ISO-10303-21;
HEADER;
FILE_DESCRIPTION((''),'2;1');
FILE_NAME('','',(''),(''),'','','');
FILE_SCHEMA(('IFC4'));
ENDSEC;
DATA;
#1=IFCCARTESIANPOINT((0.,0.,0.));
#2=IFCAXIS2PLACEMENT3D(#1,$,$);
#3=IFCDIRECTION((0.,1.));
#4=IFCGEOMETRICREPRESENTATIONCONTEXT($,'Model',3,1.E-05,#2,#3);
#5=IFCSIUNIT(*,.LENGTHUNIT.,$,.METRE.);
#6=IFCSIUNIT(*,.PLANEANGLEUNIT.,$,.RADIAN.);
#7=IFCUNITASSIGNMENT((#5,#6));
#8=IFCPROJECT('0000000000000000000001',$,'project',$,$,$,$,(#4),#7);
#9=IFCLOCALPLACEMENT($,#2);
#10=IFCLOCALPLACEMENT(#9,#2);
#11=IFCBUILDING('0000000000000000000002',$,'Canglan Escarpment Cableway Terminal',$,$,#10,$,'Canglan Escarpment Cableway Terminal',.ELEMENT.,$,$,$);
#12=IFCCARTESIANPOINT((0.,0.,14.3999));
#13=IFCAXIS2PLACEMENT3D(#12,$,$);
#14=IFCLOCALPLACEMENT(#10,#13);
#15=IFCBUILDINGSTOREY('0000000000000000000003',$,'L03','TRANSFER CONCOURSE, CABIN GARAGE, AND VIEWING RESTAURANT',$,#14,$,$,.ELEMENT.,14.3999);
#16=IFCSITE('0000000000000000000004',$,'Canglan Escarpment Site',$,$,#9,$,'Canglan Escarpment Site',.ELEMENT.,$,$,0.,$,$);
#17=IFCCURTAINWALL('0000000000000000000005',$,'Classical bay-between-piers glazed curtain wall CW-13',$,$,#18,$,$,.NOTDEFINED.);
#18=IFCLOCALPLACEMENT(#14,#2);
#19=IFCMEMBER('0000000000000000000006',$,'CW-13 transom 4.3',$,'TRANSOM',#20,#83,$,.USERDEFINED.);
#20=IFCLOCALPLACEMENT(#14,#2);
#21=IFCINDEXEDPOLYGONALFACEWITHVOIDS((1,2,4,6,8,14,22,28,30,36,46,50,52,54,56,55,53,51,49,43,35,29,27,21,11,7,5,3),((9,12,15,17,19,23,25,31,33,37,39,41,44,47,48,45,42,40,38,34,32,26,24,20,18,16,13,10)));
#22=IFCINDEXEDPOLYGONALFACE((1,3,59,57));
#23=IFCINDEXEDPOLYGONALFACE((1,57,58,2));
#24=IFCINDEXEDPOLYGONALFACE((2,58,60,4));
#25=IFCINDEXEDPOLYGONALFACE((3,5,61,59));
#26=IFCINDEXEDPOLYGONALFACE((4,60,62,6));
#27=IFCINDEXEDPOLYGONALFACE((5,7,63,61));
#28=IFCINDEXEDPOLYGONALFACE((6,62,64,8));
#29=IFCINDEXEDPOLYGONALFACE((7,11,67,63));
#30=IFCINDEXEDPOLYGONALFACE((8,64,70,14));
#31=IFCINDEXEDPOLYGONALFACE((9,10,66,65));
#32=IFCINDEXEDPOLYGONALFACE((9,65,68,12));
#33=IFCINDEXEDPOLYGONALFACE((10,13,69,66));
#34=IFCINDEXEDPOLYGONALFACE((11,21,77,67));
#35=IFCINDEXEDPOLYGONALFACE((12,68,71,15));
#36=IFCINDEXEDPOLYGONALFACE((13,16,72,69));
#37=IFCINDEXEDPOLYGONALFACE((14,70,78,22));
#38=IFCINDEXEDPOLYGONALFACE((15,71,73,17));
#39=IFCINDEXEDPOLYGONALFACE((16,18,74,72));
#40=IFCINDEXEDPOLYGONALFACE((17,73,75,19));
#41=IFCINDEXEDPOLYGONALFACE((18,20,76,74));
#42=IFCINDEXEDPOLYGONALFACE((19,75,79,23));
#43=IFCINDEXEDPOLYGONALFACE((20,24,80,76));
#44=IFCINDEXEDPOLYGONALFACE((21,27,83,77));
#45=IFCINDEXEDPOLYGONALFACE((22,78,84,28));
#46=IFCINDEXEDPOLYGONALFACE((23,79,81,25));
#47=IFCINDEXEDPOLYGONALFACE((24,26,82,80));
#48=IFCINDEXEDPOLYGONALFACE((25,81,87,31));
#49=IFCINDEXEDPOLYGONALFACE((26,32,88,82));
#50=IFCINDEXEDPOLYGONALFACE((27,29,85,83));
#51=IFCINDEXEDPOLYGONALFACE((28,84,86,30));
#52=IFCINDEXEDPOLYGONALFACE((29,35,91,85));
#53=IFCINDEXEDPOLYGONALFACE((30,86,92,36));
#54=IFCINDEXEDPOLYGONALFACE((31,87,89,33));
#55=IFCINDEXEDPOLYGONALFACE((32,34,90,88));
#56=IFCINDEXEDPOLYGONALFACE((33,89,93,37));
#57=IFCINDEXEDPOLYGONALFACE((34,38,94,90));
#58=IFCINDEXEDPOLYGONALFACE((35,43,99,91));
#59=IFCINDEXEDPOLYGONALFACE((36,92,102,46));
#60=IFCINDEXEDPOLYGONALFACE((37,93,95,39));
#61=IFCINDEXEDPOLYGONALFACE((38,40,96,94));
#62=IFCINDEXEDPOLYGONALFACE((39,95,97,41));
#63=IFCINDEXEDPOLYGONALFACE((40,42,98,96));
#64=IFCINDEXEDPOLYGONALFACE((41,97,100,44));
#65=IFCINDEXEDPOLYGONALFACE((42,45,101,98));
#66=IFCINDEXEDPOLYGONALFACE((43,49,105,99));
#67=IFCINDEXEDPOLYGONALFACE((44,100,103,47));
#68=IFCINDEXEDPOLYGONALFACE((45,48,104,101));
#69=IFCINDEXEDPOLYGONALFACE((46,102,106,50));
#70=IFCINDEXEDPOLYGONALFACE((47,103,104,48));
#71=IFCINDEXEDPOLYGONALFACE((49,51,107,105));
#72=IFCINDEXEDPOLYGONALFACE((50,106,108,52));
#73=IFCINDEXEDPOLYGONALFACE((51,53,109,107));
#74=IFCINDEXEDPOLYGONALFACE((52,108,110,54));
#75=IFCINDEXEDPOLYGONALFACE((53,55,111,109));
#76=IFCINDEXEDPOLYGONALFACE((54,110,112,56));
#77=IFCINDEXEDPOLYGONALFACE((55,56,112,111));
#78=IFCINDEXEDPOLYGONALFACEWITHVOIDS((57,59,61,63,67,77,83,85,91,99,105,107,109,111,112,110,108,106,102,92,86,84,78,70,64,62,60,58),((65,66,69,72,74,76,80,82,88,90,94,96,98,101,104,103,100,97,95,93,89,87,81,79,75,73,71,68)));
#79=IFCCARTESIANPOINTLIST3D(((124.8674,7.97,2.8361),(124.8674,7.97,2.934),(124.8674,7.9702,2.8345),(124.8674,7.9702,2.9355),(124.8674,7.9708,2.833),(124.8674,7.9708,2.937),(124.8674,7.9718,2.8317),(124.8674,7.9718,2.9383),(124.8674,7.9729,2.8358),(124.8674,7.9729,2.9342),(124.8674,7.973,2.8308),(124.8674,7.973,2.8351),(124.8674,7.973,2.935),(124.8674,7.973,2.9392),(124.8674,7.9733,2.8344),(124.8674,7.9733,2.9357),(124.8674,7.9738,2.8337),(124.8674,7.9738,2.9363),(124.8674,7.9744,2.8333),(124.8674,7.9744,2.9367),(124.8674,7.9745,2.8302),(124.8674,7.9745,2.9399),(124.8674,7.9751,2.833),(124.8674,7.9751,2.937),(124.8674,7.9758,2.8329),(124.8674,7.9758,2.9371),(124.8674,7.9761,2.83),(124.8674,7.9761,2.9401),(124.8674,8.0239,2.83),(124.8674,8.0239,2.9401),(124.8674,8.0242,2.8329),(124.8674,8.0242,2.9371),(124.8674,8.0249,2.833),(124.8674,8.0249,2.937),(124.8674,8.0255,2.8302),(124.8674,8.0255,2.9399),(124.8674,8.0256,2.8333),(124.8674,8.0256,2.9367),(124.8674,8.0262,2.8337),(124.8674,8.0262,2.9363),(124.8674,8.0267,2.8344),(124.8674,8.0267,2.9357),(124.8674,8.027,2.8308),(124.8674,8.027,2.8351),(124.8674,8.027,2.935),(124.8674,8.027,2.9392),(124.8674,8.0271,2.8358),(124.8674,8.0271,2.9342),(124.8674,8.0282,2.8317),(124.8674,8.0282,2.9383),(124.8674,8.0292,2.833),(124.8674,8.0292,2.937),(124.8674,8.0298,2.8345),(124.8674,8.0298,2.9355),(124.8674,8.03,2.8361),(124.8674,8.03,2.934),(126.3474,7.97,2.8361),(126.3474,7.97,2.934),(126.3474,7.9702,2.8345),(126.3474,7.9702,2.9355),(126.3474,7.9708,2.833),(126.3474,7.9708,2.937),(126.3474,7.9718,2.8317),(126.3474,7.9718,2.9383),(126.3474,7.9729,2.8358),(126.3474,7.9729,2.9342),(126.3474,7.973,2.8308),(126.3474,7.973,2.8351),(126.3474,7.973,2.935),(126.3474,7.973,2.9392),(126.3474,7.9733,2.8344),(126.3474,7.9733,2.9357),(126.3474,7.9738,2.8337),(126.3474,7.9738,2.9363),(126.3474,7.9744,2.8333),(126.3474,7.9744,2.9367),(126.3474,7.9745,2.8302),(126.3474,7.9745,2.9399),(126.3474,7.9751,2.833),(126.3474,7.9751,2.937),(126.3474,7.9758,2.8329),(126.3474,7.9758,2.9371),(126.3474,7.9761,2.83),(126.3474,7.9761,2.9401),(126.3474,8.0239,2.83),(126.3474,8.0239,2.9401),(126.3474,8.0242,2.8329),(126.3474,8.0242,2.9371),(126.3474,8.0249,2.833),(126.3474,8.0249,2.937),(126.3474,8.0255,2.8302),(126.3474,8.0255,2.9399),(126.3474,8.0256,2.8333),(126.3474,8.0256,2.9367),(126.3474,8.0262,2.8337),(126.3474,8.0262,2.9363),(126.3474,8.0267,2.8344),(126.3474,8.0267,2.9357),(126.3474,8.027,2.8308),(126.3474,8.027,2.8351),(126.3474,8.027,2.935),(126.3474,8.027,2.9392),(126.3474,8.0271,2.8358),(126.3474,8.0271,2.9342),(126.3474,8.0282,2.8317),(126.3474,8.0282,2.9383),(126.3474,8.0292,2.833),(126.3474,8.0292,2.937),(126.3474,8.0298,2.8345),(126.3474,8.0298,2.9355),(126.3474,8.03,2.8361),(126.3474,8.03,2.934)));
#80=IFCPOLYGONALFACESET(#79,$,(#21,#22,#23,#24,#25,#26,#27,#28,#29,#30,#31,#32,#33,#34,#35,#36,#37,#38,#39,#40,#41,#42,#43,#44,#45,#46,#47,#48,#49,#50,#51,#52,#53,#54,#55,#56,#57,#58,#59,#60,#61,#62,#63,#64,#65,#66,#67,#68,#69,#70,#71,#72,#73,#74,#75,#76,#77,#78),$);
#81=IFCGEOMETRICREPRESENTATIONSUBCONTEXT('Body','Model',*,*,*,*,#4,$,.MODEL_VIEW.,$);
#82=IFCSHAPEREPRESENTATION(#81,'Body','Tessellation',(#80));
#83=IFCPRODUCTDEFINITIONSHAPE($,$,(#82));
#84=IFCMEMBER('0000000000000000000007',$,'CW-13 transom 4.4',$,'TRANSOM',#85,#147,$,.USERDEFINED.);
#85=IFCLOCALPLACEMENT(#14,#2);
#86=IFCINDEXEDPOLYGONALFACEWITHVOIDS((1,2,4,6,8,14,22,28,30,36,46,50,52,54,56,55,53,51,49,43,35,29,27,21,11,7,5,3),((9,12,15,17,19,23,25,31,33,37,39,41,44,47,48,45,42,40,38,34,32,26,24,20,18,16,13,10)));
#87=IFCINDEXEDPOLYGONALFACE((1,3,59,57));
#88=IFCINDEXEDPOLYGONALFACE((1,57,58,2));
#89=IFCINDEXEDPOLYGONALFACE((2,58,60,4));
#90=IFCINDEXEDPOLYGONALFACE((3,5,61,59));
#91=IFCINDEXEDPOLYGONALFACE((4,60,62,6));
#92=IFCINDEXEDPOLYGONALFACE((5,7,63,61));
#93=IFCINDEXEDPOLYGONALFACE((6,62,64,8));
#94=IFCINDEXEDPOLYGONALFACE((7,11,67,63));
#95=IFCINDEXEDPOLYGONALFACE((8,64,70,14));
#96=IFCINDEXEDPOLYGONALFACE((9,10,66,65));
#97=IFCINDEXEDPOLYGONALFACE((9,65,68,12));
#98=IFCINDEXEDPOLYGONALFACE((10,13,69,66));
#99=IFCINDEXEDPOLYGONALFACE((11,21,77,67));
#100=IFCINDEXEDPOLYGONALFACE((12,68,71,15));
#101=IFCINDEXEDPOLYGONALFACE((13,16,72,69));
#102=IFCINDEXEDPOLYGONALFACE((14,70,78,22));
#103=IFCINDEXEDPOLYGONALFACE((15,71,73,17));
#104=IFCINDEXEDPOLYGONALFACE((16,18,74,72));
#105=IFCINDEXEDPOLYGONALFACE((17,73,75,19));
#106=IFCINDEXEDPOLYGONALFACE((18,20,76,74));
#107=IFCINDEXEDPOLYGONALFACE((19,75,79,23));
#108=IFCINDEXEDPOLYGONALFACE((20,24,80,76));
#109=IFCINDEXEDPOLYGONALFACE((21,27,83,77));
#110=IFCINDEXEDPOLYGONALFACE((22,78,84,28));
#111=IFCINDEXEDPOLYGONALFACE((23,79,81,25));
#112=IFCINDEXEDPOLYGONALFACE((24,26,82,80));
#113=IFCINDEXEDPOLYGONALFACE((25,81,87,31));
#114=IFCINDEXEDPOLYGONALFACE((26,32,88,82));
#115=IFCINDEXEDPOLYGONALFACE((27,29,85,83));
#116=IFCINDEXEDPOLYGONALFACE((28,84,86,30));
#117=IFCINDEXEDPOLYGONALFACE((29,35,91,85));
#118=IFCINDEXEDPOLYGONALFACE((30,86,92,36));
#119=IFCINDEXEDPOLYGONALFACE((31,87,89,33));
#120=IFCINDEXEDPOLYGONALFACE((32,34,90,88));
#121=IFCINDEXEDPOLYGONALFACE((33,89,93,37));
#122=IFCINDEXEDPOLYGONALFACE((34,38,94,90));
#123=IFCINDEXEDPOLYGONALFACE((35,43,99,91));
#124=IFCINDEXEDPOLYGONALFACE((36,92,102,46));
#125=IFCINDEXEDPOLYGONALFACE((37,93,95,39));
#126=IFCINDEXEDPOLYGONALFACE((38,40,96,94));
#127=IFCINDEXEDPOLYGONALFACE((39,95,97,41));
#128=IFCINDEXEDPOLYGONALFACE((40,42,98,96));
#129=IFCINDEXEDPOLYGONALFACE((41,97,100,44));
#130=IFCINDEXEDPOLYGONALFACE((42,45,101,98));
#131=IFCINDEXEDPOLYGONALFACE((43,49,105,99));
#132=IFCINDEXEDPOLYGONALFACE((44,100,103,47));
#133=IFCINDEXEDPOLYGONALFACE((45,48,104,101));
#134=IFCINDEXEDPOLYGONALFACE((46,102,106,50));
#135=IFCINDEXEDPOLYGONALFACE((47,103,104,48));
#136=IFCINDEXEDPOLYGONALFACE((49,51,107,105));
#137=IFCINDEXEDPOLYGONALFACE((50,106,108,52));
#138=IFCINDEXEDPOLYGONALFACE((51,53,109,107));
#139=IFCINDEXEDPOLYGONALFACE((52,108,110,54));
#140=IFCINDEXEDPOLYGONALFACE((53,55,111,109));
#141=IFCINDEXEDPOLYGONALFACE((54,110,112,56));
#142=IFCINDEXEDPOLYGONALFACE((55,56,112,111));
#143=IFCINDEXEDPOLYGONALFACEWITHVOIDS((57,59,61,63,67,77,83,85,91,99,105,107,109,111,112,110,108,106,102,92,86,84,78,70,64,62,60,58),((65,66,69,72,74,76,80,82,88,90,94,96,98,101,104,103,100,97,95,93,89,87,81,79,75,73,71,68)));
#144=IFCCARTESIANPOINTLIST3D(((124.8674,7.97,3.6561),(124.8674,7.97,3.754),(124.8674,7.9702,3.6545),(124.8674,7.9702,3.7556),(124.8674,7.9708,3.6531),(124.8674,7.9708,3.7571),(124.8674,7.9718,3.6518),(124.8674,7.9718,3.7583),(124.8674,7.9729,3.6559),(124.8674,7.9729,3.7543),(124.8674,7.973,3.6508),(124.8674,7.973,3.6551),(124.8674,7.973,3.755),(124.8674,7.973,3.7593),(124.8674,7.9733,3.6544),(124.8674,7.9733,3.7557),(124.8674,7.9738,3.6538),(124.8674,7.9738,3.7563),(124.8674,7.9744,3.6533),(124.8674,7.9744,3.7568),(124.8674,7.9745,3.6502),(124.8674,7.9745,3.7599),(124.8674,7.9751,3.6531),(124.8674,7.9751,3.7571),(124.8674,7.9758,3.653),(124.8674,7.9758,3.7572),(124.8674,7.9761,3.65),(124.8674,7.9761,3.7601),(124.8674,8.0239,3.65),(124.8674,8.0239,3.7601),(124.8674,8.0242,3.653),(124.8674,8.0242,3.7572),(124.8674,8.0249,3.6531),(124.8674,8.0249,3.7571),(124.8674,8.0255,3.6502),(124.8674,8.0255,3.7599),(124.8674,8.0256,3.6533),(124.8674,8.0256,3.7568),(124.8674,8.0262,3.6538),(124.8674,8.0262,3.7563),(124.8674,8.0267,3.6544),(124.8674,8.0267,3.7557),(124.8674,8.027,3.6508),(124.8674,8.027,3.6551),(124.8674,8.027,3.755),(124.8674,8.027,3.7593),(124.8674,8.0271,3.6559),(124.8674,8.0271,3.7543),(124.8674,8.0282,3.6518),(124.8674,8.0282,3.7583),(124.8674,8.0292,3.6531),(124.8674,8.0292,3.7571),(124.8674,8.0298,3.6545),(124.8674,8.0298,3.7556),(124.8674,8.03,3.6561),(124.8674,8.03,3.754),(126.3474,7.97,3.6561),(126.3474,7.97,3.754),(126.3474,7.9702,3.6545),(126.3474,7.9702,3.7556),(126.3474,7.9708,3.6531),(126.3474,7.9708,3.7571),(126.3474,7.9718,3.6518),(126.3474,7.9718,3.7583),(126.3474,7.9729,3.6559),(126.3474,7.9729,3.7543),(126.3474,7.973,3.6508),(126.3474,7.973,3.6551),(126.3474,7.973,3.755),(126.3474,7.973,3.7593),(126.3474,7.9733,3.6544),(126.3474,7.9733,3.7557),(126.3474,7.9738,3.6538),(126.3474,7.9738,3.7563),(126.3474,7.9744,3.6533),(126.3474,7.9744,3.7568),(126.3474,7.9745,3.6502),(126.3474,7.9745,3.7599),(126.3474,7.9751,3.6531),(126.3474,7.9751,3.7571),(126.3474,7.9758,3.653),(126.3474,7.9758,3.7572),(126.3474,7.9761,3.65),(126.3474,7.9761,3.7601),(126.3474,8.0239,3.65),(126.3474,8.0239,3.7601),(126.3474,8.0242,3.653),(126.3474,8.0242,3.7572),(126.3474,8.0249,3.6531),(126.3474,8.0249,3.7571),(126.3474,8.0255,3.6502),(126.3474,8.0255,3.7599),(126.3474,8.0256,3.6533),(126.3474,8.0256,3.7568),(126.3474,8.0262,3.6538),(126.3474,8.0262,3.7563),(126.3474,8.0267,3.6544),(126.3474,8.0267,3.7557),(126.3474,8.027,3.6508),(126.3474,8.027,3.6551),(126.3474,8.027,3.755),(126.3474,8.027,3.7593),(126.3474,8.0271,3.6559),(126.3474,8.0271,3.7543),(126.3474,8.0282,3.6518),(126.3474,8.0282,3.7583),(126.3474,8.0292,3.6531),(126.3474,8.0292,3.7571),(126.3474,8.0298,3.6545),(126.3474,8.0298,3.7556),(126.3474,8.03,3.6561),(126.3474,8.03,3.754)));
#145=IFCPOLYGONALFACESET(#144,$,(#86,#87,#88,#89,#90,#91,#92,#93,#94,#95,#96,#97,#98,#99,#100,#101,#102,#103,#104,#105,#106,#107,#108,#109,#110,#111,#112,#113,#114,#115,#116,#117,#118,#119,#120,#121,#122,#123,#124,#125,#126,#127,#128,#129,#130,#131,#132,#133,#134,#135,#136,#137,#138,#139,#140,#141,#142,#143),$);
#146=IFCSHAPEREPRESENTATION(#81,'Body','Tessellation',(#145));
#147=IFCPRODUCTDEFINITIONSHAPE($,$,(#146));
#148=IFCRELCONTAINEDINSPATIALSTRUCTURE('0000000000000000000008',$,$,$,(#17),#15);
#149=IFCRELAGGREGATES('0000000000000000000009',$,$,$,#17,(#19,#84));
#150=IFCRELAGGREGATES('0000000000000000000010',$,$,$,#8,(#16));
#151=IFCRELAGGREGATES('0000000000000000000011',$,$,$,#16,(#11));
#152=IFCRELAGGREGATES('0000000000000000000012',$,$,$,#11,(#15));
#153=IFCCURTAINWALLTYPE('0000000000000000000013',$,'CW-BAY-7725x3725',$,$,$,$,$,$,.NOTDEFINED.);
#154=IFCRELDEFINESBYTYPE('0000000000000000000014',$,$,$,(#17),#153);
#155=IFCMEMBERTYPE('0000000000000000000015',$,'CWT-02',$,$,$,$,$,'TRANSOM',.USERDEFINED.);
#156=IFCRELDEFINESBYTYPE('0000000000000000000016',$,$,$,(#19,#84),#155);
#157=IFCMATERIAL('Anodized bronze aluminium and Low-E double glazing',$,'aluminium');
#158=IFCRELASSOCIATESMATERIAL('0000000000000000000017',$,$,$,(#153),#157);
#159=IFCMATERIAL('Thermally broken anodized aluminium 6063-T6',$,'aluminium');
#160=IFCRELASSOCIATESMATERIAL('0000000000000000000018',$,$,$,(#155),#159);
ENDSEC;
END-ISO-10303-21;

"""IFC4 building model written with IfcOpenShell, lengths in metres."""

from ifc_helpers import new_model, si_unit, direction, frame, origin, origin_2d, place, context, subcontext, project, spatial, hollow_rectangle, extrude, material, material_profile, profile_set, type_object, element, aggregate, save


model = new_model("IFC4")

# Units and contexts
model_context = context("Model", 3, precision=1e-05, world=origin(), true_north=direction((0.0, 1.0)))
body_context = subcontext(model_context, "Body", "Model", "MODEL_VIEW")
ifc_project = project(units=[si_unit("LENGTHUNIT", "METRE"), si_unit("PLANEANGLEUNIT", "RADIAN")], contexts=[model_context])

# Site, building, storey
site_placement = place(None, origin())
site = spatial("IfcSite", under=ifc_project, at=site_placement, Name="Canglan Escarpment Site", LongName="Canglan Escarpment Site", CompositionType="ELEMENT", RefElevation=0.0)
building_placement = place(site_placement, origin())
building = spatial("IfcBuilding", under=site, at=building_placement, Name="Canglan Escarpment Cableway Terminal", LongName="Canglan Escarpment Cableway Terminal", CompositionType="ELEMENT")
storey_placement = place(building_placement, frame((0.0, 0.0, 14.3999)))
storey = spatial("IfcBuildingStorey", under=building, at=storey_placement, Name="L03", Description="TRANSFER CONCOURSE, CABIN GARAGE, AND VIEWING RESTAURANT", CompositionType="ELEMENT", Elevation=14.3999)

# Curtain wall, members
ifc_material_1 = material(Name="Anodized bronze aluminium and Low-E double glazing", Category="aluminium")
curtain_wall_type = type_object("IfcCurtainWallType", Name="CW-BAY-7725x3725", PredefinedType="NOTDEFINED", material=ifc_material_1)
curtain_wall_placement = place(storey_placement, origin())
curtain_wall = element("IfcCurtainWall", 1, at=curtain_wall_placement, inside=storey, type_object=curtain_wall_type, Name="Classical bay-between-piers glazed curtain wall CW-13", PredefinedType="NOTDEFINED")
ifc_material_2 = material(Name="Thermally broken anodized aluminium 6063-T6", Category="aluminium")
ifc_material_profile_1 = material_profile(ifc_material_2, hollow_rectangle(XDim=0.0601, YDim=0.1101, WallThickness=0.0029, InnerFilletRadius=0.0029, OuterFilletRadius=0.0061, at=origin_2d()), Name="ALU-TRAN 60x110x3")
ifc_profile_set_1 = profile_set([ifc_material_profile_1], Name="Thermally broken anodized aluminium 6063-T6")
member_type_1 = type_object("IfcMemberType", Name="CWT-02", ElementType="TRANSOM", PredefinedType="USERDEFINED", material=ifc_profile_set_1)
member_1_placement = place(storey_placement, frame((124.8674, 8.0, 2.885), z_axis=(1.0, 0.0, 0.0), x_axis=(0.0, 1.0, 0.0)))
member_1 = element("IfcMember", 2, at=member_1_placement, type_object=member_type_1, Name="CW-13 transom 4.3", ObjectType="TRANSOM", PredefinedType="USERDEFINED", context=body_context, shape_type="SweptSolid", body=[
    extrude(hollow_rectangle(XDim=0.0601, YDim=0.1101, WallThickness=0.0029, InnerFilletRadius=0.0029, OuterFilletRadius=0.0061, at=origin_2d()), origin(), (0.0, 0.0, 1.0), 1.48),
])
member_2_placement = place(storey_placement, frame((124.8674, 8.0, 3.7051), z_axis=(1.0, 0.0, 0.0), x_axis=(0.0, 1.0, 0.0)))
member_2 = element("IfcMember", 3, at=member_2_placement, type_object=member_type_1, Name="CW-13 transom 4.4", ObjectType="TRANSOM", PredefinedType="USERDEFINED", context=body_context, shape_type="SweptSolid", body=[
    extrude(hollow_rectangle(XDim=0.0601, YDim=0.1101, WallThickness=0.0029, InnerFilletRadius=0.0029, OuterFilletRadius=0.0061, at=origin_2d()), origin(), (0.0, 0.0, 1.0), 1.48),
])

aggregate(curtain_wall, [member_1, member_2])

save(model, "model.ifc")
